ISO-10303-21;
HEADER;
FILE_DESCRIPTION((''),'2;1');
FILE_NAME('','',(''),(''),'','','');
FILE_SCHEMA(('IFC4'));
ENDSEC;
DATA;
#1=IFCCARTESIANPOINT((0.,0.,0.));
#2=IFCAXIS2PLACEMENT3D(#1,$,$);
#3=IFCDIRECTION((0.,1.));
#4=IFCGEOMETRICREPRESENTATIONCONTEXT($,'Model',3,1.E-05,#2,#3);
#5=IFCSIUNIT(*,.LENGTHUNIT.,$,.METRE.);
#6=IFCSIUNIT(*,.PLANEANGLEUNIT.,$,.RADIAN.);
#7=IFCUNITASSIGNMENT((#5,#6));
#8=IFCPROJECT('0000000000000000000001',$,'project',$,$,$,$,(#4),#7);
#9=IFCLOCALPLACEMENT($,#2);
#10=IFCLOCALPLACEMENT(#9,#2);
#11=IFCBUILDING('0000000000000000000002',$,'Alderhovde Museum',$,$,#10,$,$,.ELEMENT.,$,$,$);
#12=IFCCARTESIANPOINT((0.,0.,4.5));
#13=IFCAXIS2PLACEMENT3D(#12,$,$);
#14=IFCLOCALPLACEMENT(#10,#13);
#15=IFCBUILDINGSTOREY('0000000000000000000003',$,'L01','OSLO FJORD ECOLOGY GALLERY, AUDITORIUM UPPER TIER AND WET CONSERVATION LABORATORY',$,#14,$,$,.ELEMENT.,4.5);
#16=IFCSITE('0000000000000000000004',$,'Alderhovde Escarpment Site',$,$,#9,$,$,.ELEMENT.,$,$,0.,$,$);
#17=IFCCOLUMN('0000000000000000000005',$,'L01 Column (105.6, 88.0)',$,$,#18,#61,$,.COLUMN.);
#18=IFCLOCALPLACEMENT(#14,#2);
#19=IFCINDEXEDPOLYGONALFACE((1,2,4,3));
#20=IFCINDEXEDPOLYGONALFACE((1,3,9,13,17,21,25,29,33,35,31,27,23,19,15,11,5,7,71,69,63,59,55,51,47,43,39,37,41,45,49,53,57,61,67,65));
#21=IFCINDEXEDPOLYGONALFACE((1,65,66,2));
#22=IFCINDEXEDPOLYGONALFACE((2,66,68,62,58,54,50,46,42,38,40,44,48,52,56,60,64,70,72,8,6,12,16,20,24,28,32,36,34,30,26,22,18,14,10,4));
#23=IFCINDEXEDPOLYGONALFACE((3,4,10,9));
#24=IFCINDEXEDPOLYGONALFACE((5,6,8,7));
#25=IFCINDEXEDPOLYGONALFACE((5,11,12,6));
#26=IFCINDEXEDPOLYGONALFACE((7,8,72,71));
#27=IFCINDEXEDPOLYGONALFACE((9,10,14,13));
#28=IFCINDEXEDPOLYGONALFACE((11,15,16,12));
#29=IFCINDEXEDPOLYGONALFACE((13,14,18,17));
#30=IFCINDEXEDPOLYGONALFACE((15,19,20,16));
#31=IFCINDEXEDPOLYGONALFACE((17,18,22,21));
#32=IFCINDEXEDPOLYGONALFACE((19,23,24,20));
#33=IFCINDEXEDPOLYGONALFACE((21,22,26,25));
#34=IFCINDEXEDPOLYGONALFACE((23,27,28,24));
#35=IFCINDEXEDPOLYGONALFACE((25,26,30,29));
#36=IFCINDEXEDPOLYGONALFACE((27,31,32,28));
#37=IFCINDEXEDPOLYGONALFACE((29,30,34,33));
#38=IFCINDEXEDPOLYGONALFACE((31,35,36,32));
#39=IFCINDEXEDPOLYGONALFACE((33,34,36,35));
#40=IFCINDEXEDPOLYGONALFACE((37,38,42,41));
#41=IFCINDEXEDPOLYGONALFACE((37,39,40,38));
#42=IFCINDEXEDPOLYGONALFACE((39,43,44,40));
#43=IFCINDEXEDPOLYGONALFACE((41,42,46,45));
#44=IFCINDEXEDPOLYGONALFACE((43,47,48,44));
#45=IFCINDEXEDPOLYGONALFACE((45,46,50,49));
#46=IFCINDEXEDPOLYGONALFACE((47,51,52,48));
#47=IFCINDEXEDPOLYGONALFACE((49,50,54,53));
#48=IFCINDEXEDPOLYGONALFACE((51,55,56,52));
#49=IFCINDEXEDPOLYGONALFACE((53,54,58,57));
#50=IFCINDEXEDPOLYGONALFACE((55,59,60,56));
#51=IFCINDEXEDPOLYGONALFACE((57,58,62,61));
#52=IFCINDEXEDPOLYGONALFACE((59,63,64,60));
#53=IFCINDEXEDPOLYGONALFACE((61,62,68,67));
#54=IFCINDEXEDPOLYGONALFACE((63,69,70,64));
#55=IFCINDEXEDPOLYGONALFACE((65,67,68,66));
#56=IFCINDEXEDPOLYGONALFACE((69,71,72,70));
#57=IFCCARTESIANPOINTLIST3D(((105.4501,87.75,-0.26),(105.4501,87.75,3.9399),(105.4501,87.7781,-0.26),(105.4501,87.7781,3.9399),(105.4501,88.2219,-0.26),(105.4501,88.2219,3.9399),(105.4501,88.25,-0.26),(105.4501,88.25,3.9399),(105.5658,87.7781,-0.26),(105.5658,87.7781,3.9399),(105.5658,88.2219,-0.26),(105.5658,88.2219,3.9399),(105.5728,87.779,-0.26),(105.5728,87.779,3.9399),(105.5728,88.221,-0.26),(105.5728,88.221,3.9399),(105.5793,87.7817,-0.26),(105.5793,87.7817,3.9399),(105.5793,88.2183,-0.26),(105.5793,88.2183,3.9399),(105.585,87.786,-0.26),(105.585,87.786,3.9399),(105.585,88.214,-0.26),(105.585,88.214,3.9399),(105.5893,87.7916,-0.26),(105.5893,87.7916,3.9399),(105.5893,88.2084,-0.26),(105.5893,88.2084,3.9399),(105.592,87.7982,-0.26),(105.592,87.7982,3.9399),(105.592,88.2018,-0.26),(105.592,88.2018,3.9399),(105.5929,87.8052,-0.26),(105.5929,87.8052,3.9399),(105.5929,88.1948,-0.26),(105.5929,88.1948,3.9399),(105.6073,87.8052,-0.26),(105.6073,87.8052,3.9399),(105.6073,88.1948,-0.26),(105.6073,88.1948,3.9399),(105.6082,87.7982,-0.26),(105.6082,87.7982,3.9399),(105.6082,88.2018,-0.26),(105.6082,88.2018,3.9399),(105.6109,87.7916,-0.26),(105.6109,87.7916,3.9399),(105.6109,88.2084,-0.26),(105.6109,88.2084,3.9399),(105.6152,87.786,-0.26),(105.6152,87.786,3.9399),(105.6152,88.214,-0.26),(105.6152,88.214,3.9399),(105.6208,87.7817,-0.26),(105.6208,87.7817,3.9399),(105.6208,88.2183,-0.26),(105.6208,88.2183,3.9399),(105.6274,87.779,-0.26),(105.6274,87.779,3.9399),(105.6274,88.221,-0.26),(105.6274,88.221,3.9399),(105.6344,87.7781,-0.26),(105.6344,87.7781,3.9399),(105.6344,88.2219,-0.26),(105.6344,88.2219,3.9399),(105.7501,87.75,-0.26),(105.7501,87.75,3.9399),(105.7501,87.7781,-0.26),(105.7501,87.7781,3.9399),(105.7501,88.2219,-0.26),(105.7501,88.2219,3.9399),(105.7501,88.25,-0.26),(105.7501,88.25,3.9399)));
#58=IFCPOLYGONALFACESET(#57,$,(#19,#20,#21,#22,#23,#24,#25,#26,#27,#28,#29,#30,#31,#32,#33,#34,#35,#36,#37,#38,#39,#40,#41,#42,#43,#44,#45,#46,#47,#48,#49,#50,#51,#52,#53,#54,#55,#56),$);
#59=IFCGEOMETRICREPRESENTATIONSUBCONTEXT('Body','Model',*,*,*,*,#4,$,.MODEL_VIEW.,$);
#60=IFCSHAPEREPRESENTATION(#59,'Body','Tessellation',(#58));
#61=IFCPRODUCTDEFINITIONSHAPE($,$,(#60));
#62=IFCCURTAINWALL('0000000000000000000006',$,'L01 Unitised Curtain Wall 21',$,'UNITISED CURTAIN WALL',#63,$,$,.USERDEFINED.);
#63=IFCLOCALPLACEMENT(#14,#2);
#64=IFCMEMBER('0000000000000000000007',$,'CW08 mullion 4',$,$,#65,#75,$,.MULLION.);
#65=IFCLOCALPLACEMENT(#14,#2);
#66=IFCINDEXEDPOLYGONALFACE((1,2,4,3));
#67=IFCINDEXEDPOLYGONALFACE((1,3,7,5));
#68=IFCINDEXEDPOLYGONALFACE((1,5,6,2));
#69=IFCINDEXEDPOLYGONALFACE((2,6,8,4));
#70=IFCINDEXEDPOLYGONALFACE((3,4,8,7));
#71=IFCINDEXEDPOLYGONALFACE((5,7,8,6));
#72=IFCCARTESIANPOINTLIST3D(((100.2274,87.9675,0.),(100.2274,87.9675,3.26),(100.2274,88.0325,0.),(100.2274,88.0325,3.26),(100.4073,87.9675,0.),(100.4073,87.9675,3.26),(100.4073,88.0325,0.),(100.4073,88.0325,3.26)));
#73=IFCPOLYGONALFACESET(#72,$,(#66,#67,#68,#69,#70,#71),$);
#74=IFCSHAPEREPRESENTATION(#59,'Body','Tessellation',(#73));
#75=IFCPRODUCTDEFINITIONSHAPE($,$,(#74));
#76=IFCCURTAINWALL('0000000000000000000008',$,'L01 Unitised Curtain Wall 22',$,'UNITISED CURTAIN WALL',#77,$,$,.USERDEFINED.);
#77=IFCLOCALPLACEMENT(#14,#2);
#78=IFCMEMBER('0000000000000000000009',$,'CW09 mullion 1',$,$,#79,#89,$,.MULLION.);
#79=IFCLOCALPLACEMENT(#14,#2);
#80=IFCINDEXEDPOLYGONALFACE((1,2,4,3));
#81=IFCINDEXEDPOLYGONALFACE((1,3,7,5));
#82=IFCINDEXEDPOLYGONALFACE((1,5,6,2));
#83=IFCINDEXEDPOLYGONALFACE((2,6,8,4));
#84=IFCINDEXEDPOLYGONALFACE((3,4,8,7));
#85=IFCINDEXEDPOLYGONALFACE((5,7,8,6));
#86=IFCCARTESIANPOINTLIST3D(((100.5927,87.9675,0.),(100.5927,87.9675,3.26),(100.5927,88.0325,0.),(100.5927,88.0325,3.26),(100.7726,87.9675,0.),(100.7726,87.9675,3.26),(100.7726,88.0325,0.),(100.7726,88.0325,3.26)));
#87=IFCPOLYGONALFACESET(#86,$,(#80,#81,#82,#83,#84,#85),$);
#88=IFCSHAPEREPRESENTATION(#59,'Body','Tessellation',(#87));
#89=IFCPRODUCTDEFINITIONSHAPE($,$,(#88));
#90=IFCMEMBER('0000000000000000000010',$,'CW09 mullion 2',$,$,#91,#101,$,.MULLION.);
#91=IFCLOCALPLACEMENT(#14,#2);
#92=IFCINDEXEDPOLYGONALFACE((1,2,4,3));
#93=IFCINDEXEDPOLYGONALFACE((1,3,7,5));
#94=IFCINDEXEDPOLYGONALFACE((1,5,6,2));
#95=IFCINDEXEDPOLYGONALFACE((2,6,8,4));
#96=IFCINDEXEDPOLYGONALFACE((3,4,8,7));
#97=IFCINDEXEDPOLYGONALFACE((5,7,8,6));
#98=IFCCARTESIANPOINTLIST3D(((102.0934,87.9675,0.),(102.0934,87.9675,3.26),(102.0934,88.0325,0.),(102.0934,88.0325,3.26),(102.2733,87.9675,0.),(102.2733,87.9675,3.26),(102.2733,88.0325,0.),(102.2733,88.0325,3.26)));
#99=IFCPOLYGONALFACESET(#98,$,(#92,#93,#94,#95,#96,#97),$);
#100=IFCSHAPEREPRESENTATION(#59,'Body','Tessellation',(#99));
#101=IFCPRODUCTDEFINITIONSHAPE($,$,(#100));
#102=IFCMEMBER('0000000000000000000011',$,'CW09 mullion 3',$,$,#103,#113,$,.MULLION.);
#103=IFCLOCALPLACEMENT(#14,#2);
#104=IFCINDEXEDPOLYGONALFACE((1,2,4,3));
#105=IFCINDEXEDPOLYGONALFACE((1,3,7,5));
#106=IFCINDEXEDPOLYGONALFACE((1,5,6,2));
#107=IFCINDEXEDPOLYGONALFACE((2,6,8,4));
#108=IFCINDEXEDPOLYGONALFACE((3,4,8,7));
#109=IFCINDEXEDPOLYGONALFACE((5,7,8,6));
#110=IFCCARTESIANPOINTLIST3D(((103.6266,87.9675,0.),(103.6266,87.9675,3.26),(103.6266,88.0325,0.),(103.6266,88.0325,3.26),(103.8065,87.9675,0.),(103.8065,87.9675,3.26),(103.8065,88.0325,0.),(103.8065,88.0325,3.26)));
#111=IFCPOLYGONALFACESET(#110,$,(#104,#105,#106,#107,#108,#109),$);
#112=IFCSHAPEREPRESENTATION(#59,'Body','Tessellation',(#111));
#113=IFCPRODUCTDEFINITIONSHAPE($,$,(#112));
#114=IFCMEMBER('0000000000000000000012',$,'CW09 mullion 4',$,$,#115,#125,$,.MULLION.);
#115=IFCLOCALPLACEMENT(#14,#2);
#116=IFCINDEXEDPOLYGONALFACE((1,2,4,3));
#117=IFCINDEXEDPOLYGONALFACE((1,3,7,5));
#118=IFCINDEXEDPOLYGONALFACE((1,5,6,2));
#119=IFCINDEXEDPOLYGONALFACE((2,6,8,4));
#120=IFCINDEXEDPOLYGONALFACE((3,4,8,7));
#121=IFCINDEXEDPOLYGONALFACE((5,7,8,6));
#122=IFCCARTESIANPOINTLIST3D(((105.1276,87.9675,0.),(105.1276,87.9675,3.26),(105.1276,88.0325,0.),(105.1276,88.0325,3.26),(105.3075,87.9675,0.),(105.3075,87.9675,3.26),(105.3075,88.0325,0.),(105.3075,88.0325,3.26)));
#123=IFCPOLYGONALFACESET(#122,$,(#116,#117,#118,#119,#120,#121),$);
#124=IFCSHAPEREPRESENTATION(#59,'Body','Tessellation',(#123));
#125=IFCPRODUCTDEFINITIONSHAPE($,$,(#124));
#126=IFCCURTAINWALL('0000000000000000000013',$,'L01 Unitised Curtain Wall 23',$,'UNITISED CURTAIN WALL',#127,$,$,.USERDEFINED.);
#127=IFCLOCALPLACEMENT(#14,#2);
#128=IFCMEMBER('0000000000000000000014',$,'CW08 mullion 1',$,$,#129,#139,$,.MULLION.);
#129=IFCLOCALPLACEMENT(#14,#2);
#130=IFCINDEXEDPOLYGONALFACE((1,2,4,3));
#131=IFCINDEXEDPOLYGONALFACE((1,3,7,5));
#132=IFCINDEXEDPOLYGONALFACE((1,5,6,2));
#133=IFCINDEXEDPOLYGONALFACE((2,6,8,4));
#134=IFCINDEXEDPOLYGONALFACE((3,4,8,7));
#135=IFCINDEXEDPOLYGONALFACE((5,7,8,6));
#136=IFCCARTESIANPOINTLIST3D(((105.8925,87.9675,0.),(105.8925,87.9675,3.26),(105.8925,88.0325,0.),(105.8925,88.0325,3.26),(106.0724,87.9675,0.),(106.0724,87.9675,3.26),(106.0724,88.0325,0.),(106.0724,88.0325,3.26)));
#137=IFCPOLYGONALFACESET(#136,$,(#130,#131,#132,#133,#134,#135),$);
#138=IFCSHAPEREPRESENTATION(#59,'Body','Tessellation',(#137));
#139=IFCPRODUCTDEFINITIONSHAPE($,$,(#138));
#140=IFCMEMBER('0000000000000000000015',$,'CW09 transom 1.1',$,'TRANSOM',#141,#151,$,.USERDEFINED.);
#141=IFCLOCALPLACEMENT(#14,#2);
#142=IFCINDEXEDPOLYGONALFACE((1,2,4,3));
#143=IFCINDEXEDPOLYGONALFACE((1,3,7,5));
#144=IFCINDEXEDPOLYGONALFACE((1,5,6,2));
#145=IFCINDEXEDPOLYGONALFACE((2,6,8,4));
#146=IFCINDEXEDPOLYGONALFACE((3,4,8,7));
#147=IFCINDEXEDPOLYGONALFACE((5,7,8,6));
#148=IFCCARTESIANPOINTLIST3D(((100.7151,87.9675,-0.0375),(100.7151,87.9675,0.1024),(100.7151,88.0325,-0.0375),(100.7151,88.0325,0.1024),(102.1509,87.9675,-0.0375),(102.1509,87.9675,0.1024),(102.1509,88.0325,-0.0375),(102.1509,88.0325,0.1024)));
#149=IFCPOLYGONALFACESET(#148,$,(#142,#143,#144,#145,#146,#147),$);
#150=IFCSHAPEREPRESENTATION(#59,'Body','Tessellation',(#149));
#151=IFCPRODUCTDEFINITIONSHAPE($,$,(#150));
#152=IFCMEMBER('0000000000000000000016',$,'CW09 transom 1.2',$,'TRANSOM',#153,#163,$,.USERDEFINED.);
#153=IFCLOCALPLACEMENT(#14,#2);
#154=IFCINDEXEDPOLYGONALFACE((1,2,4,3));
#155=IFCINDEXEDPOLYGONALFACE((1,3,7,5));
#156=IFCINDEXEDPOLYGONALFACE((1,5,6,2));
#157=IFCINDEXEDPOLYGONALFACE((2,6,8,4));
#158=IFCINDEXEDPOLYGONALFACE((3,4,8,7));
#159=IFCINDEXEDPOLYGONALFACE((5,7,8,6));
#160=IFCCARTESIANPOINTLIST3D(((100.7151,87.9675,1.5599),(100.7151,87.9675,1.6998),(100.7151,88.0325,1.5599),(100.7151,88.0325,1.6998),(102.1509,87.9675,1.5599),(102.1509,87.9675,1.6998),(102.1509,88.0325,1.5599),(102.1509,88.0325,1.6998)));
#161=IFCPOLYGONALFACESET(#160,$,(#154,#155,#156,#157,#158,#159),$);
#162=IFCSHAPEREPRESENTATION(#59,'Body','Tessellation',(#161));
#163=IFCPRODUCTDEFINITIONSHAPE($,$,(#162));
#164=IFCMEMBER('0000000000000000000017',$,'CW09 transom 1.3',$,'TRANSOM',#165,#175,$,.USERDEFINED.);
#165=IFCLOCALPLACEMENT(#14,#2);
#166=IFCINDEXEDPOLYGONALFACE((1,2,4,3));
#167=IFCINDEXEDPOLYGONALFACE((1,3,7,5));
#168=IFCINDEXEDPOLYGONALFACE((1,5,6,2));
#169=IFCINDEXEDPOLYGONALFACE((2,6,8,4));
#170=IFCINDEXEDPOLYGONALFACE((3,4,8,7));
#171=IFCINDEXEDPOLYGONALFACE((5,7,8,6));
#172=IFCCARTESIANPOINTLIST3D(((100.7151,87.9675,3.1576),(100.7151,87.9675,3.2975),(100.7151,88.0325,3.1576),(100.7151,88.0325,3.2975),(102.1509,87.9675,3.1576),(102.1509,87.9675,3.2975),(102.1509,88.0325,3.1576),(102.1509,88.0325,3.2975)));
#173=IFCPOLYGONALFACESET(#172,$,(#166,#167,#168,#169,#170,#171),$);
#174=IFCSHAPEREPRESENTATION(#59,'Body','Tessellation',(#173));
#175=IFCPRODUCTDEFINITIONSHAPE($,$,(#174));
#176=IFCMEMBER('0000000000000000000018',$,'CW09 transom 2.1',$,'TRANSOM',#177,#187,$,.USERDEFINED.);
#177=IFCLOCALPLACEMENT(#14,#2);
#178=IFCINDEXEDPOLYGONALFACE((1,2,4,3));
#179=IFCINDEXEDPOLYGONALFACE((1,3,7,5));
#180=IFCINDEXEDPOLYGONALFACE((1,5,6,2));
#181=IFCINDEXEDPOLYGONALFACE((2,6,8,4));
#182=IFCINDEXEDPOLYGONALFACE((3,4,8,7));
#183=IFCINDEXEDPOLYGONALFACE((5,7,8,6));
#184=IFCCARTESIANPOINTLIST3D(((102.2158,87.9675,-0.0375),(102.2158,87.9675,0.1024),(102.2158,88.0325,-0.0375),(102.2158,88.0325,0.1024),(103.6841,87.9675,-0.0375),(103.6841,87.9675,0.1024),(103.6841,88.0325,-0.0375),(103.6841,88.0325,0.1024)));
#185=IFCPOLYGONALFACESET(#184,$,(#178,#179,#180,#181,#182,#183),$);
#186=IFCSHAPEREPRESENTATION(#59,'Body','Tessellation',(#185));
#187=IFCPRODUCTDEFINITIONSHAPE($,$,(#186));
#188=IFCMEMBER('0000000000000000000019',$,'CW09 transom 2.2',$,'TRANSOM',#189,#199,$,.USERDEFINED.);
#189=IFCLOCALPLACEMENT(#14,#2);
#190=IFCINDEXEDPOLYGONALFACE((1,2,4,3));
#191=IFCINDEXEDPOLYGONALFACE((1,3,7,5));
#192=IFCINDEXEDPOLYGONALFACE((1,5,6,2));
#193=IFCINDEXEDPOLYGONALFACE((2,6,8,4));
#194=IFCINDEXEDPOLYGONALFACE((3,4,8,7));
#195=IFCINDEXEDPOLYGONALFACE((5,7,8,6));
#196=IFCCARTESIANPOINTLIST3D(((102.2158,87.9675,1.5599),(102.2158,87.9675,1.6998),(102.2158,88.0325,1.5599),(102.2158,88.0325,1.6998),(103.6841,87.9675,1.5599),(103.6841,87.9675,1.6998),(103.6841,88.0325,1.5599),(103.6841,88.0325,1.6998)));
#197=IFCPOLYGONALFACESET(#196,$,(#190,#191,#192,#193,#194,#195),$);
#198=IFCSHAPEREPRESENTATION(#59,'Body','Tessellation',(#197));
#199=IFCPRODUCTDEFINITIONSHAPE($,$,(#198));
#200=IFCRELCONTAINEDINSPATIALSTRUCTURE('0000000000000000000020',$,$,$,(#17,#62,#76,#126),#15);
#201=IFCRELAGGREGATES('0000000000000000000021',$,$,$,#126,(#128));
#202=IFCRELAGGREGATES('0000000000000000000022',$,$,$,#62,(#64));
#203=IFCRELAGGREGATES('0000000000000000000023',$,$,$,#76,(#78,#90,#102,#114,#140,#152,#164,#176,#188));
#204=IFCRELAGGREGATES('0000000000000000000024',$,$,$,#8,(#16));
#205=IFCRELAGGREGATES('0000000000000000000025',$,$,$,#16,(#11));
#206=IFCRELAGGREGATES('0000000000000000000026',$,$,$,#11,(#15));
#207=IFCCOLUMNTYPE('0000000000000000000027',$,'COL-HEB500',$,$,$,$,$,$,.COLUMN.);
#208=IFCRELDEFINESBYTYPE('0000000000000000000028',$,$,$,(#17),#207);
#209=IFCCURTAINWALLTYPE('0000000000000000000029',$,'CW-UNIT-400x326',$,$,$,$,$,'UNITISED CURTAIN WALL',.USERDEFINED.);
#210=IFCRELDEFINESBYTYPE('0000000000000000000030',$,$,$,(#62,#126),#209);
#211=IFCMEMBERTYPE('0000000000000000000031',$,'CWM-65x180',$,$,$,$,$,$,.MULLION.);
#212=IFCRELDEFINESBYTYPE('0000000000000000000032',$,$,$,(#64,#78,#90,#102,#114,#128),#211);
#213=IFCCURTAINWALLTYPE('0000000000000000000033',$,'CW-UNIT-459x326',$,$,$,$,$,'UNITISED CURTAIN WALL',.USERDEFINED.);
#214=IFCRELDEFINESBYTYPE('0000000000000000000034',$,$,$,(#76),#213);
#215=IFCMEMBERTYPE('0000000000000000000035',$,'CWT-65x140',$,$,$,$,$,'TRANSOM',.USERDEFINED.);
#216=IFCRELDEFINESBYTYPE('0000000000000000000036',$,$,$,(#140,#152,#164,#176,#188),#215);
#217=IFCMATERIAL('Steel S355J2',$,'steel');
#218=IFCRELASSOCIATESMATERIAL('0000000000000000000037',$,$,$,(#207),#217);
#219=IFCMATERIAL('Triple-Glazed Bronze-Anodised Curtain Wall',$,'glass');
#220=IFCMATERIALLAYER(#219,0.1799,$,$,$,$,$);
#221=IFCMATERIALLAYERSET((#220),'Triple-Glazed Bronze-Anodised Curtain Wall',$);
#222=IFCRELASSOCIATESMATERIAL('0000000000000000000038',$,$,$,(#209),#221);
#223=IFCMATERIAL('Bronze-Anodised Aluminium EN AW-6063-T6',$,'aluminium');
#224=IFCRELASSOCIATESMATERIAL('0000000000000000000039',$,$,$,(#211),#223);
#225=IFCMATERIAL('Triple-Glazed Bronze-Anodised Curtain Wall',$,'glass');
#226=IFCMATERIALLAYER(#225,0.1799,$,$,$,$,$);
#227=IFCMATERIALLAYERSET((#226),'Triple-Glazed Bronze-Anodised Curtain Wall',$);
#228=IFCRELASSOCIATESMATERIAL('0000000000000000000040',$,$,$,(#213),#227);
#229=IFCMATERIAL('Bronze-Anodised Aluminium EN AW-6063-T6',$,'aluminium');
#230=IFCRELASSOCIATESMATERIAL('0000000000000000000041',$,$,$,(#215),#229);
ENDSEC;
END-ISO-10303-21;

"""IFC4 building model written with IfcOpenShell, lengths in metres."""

from ifc_helpers import new_model, si_unit, direction, frame, origin, origin_2d, place, context, subcontext, project, spatial, rectangle, i_section, extrude, material, layer, layer_set, material_profile, profile_set, type_object, element, aggregate, save


model = new_model("IFC4")

# Units and contexts
model_context = context("Model", 3, precision=1e-05, world=origin(), true_north=direction((0.0, 1.0)))
body_context = subcontext(model_context, "Body", "Model", "MODEL_VIEW")
ifc_project = project(units=[si_unit("LENGTHUNIT", "METRE"), si_unit("PLANEANGLEUNIT", "RADIAN")], contexts=[model_context])

# Site, building, storey
site_placement = place(None, origin())
site = spatial("IfcSite", under=ifc_project, at=site_placement, Name="Alderhovde Escarpment Site", CompositionType="ELEMENT", RefElevation=0.0)
building_placement = place(site_placement, origin())
building = spatial("IfcBuilding", under=site, at=building_placement, Name="Alderhovde Museum", CompositionType="ELEMENT")
storey_placement = place(building_placement, frame((0.0, 0.0, 4.5)))
storey = spatial("IfcBuildingStorey", under=building, at=storey_placement, Name="L01", Description="OSLO FJORD ECOLOGY GALLERY, AUDITORIUM UPPER TIER AND WET CONSERVATION LABORATORY", CompositionType="ELEMENT", Elevation=4.5)

# Column
ifc_material_1 = material(Name="Steel S355J2", Category="steel")
ifc_material_profile_1 = material_profile(ifc_material_1, i_section(OverallWidth=0.3, OverallDepth=0.5, WebThickness=0.0144, FlangeThickness=0.0281, FilletRadius=0.0271, at=origin_2d()), Name="HEB 500")
ifc_profile_set_1 = profile_set([ifc_material_profile_1], Name="Steel S355J2")
column_type = type_object("IfcColumnType", Name="COL-HEB500", PredefinedType="COLUMN", material=ifc_profile_set_1)
column_placement = place(storey_placement, frame((105.6001, 88.0, -0.26), z_axis=(0.0, 0.0, 1.0), x_axis=(1.0, 0.0, 0.0)))
element("IfcColumn", 1, at=column_placement, inside=storey, type_object=column_type, Name="L01 Column (105.6, 88.0)", PredefinedType="COLUMN", context=body_context, shape_type="SweptSolid", body=[
    extrude(i_section(OverallWidth=0.3, OverallDepth=0.5, WebThickness=0.0144, FlangeThickness=0.0281, FilletRadius=0.0271, at=origin_2d()), origin(), (0.0, 0.0, 1.0), 4.2),
])

# Curtain wall, member
ifc_material_2 = material(Name="Triple-Glazed Bronze-Anodised Curtain Wall", Category="glass")
ifc_layer_1 = layer(ifc_material_2, 0.1799)
ifc_layer_set_1 = layer_set([ifc_layer_1], Name="Triple-Glazed Bronze-Anodised Curtain Wall")
curtain_wall_type_1 = type_object("IfcCurtainWallType", Name="CW-UNIT-400x326", ElementType="UNITISED CURTAIN WALL", PredefinedType="USERDEFINED", material=ifc_layer_set_1)
curtain_wall_1_placement = place(storey_placement, origin())
curtain_wall_1 = element("IfcCurtainWall", 2, at=curtain_wall_1_placement, inside=storey, type_object=curtain_wall_type_1, Name="L01 Unitised Curtain Wall 21", ObjectType="UNITISED CURTAIN WALL", PredefinedType="USERDEFINED")
ifc_material_3 = material(Name="Bronze-Anodised Aluminium EN AW-6063-T6", Category="aluminium")
ifc_material_profile_2 = material_profile(ifc_material_3, rectangle(XDim=0.0649, YDim=0.1799, at=origin_2d()), Name="MULLION 65x180")
ifc_profile_set_2 = profile_set([ifc_material_profile_2], Name="Bronze-Anodised Aluminium EN AW-6063-T6")
member_type_1 = type_object("IfcMemberType", Name="CWM-65x180", PredefinedType="MULLION", material=ifc_profile_set_2)
member_1_placement = place(storey_placement, frame((100.3174, 88.0, 0.0), z_axis=(0.0, 0.0, 1.0), x_axis=(0.0, 1.0, 0.0)))
member_1 = element("IfcMember", 3, at=member_1_placement, type_object=member_type_1, Name="CW08 mullion 4", PredefinedType="MULLION", context=body_context, shape_type="SweptSolid", body=[
    extrude(rectangle(XDim=0.0649, YDim=0.1799, at=origin_2d()), origin(), (0.0, 0.0, 1.0), 3.26),
])

# Curtain wall, members
ifc_material_4 = material(Name="Triple-Glazed Bronze-Anodised Curtain Wall", Category="glass")
ifc_layer_2 = layer(ifc_material_4, 0.1799)
ifc_layer_set_2 = layer_set([ifc_layer_2], Name="Triple-Glazed Bronze-Anodised Curtain Wall")
curtain_wall_type_2 = type_object("IfcCurtainWallType", Name="CW-UNIT-459x326", ElementType="UNITISED CURTAIN WALL", PredefinedType="USERDEFINED", material=ifc_layer_set_2)
curtain_wall_2_placement = place(storey_placement, origin())
curtain_wall_2 = element("IfcCurtainWall", 4, at=curtain_wall_2_placement, inside=storey, type_object=curtain_wall_type_2, Name="L01 Unitised Curtain Wall 22", ObjectType="UNITISED CURTAIN WALL", PredefinedType="USERDEFINED")
member_2_placement = place(storey_placement, frame((100.6826, 88.0, 0.0), z_axis=(0.0, 0.0, 1.0), x_axis=(0.0, 1.0, 0.0)))
member_2 = element("IfcMember", 5, at=member_2_placement, type_object=member_type_1, Name="CW09 mullion 1", PredefinedType="MULLION", context=body_context, shape_type="SweptSolid", body=[
    extrude(rectangle(XDim=0.0649, YDim=0.1799, at=origin_2d()), origin(), (0.0, 0.0, 1.0), 3.26),
])
member_3_placement = place(storey_placement, frame((102.1833, 88.0, 0.0), z_axis=(0.0, 0.0, 1.0), x_axis=(0.0, 1.0, 0.0)))
member_3 = element("IfcMember", 6, at=member_3_placement, type_object=member_type_1, Name="CW09 mullion 2", PredefinedType="MULLION", context=body_context, shape_type="SweptSolid", body=[
    extrude(rectangle(XDim=0.0649, YDim=0.1799, at=origin_2d()), origin(), (0.0, 0.0, 1.0), 3.26),
])
member_4_placement = place(storey_placement, frame((103.7166, 88.0, 0.0), z_axis=(0.0, 0.0, 1.0), x_axis=(0.0, 1.0, 0.0)))
member_4 = element("IfcMember", 7, at=member_4_placement, type_object=member_type_1, Name="CW09 mullion 3", PredefinedType="MULLION", context=body_context, shape_type="SweptSolid", body=[
    extrude(rectangle(XDim=0.0649, YDim=0.1799, at=origin_2d()), origin(), (0.0, 0.0, 1.0), 3.26),
])
member_5_placement = place(storey_placement, frame((105.2175, 88.0, 0.0), z_axis=(0.0, 0.0, 1.0), x_axis=(0.0, 1.0, 0.0)))
member_5 = element("IfcMember", 8, at=member_5_placement, type_object=member_type_1, Name="CW09 mullion 4", PredefinedType="MULLION", context=body_context, shape_type="SweptSolid", body=[
    extrude(rectangle(XDim=0.0649, YDim=0.1799, at=origin_2d()), origin(), (0.0, 0.0, 1.0), 3.26),
])

# Curtain wall, member
curtain_wall_3_placement = place(storey_placement, origin())
curtain_wall_3 = element("IfcCurtainWall", 9, at=curtain_wall_3_placement, inside=storey, type_object=curtain_wall_type_1, Name="L01 Unitised Curtain Wall 23", ObjectType="UNITISED CURTAIN WALL", PredefinedType="USERDEFINED")
member_6_placement = place(storey_placement, frame((105.9824, 88.0, 0.0), z_axis=(0.0, 0.0, 1.0), x_axis=(0.0, 1.0, 0.0)))
member_6 = element("IfcMember", 10, at=member_6_placement, type_object=member_type_1, Name="CW08 mullion 1", PredefinedType="MULLION", context=body_context, shape_type="SweptSolid", body=[
    extrude(rectangle(XDim=0.0649, YDim=0.1799, at=origin_2d()), origin(), (0.0, 0.0, 1.0), 3.26),
])

# Members
ifc_material_5 = material(Name="Bronze-Anodised Aluminium EN AW-6063-T6", Category="aluminium")
ifc_material_profile_3 = material_profile(ifc_material_5, rectangle(XDim=0.0649, YDim=0.1399, at=origin_2d()), Name="TRANSOM 65x140")
ifc_profile_set_3 = profile_set([ifc_material_profile_3], Name="Bronze-Anodised Aluminium EN AW-6063-T6")
member_type_2 = type_object("IfcMemberType", Name="CWT-65x140", ElementType="TRANSOM", PredefinedType="USERDEFINED", material=ifc_profile_set_3)
member_7_placement = place(storey_placement, frame((100.7151, 88.0, 0.0325), z_axis=(1.0, 0.0, 0.0), x_axis=(0.0, 1.0, 0.0)))
member_7 = element("IfcMember", 11, at=member_7_placement, type_object=member_type_2, Name="CW09 transom 1.1", ObjectType="TRANSOM", PredefinedType="USERDEFINED", context=body_context, shape_type="SweptSolid", body=[
    extrude(rectangle(XDim=0.0649, YDim=0.1399, at=origin_2d()), origin(), (0.0, 0.0, 1.0), 1.4358),
])
member_8_placement = place(storey_placement, frame((100.7151, 88.0, 1.6299), z_axis=(1.0, 0.0, 0.0), x_axis=(0.0, 1.0, 0.0)))
member_8 = element("IfcMember", 12, at=member_8_placement, type_object=member_type_2, Name="CW09 transom 1.2", ObjectType="TRANSOM", PredefinedType="USERDEFINED", context=body_context, shape_type="SweptSolid", body=[
    extrude(rectangle(XDim=0.0649, YDim=0.1399, at=origin_2d()), origin(), (0.0, 0.0, 1.0), 1.4358),
])
member_9_placement = place(storey_placement, frame((100.7151, 88.0, 3.2275), z_axis=(1.0, 0.0, 0.0), x_axis=(0.0, 1.0, 0.0)))
member_9 = element("IfcMember", 13, at=member_9_placement, type_object=member_type_2, Name="CW09 transom 1.3", ObjectType="TRANSOM", PredefinedType="USERDEFINED", context=body_context, shape_type="SweptSolid", body=[
    extrude(rectangle(XDim=0.0649, YDim=0.1399, at=origin_2d()), origin(), (0.0, 0.0, 1.0), 1.4358),
])
member_10_placement = place(storey_placement, frame((102.2158, 88.0, 0.0325), z_axis=(1.0, 0.0, 0.0), x_axis=(0.0, 1.0, 0.0)))
member_10 = element("IfcMember", 14, at=member_10_placement, type_object=member_type_2, Name="CW09 transom 2.1", ObjectType="TRANSOM", PredefinedType="USERDEFINED", context=body_context, shape_type="SweptSolid", body=[
    extrude(rectangle(XDim=0.0649, YDim=0.1399, at=origin_2d()), origin(), (0.0, 0.0, 1.0), 1.4683),
])
member_11_placement = place(storey_placement, frame((102.2158, 88.0, 1.6299), z_axis=(1.0, 0.0, 0.0), x_axis=(0.0, 1.0, 0.0)))
member_11 = element("IfcMember", 15, at=member_11_placement, type_object=member_type_2, Name="CW09 transom 2.2", ObjectType="TRANSOM", PredefinedType="USERDEFINED", context=body_context, shape_type="SweptSolid", body=[
    extrude(rectangle(XDim=0.0649, YDim=0.1399, at=origin_2d()), origin(), (0.0, 0.0, 1.0), 1.4683),
])
aggregate(curtain_wall_3, [member_6])

aggregate(curtain_wall_1, [member_1])
aggregate(curtain_wall_2, [member_2, member_3, member_4, member_5, member_7, member_8, member_9, member_10, member_11])

save(model, "model.ifc")
